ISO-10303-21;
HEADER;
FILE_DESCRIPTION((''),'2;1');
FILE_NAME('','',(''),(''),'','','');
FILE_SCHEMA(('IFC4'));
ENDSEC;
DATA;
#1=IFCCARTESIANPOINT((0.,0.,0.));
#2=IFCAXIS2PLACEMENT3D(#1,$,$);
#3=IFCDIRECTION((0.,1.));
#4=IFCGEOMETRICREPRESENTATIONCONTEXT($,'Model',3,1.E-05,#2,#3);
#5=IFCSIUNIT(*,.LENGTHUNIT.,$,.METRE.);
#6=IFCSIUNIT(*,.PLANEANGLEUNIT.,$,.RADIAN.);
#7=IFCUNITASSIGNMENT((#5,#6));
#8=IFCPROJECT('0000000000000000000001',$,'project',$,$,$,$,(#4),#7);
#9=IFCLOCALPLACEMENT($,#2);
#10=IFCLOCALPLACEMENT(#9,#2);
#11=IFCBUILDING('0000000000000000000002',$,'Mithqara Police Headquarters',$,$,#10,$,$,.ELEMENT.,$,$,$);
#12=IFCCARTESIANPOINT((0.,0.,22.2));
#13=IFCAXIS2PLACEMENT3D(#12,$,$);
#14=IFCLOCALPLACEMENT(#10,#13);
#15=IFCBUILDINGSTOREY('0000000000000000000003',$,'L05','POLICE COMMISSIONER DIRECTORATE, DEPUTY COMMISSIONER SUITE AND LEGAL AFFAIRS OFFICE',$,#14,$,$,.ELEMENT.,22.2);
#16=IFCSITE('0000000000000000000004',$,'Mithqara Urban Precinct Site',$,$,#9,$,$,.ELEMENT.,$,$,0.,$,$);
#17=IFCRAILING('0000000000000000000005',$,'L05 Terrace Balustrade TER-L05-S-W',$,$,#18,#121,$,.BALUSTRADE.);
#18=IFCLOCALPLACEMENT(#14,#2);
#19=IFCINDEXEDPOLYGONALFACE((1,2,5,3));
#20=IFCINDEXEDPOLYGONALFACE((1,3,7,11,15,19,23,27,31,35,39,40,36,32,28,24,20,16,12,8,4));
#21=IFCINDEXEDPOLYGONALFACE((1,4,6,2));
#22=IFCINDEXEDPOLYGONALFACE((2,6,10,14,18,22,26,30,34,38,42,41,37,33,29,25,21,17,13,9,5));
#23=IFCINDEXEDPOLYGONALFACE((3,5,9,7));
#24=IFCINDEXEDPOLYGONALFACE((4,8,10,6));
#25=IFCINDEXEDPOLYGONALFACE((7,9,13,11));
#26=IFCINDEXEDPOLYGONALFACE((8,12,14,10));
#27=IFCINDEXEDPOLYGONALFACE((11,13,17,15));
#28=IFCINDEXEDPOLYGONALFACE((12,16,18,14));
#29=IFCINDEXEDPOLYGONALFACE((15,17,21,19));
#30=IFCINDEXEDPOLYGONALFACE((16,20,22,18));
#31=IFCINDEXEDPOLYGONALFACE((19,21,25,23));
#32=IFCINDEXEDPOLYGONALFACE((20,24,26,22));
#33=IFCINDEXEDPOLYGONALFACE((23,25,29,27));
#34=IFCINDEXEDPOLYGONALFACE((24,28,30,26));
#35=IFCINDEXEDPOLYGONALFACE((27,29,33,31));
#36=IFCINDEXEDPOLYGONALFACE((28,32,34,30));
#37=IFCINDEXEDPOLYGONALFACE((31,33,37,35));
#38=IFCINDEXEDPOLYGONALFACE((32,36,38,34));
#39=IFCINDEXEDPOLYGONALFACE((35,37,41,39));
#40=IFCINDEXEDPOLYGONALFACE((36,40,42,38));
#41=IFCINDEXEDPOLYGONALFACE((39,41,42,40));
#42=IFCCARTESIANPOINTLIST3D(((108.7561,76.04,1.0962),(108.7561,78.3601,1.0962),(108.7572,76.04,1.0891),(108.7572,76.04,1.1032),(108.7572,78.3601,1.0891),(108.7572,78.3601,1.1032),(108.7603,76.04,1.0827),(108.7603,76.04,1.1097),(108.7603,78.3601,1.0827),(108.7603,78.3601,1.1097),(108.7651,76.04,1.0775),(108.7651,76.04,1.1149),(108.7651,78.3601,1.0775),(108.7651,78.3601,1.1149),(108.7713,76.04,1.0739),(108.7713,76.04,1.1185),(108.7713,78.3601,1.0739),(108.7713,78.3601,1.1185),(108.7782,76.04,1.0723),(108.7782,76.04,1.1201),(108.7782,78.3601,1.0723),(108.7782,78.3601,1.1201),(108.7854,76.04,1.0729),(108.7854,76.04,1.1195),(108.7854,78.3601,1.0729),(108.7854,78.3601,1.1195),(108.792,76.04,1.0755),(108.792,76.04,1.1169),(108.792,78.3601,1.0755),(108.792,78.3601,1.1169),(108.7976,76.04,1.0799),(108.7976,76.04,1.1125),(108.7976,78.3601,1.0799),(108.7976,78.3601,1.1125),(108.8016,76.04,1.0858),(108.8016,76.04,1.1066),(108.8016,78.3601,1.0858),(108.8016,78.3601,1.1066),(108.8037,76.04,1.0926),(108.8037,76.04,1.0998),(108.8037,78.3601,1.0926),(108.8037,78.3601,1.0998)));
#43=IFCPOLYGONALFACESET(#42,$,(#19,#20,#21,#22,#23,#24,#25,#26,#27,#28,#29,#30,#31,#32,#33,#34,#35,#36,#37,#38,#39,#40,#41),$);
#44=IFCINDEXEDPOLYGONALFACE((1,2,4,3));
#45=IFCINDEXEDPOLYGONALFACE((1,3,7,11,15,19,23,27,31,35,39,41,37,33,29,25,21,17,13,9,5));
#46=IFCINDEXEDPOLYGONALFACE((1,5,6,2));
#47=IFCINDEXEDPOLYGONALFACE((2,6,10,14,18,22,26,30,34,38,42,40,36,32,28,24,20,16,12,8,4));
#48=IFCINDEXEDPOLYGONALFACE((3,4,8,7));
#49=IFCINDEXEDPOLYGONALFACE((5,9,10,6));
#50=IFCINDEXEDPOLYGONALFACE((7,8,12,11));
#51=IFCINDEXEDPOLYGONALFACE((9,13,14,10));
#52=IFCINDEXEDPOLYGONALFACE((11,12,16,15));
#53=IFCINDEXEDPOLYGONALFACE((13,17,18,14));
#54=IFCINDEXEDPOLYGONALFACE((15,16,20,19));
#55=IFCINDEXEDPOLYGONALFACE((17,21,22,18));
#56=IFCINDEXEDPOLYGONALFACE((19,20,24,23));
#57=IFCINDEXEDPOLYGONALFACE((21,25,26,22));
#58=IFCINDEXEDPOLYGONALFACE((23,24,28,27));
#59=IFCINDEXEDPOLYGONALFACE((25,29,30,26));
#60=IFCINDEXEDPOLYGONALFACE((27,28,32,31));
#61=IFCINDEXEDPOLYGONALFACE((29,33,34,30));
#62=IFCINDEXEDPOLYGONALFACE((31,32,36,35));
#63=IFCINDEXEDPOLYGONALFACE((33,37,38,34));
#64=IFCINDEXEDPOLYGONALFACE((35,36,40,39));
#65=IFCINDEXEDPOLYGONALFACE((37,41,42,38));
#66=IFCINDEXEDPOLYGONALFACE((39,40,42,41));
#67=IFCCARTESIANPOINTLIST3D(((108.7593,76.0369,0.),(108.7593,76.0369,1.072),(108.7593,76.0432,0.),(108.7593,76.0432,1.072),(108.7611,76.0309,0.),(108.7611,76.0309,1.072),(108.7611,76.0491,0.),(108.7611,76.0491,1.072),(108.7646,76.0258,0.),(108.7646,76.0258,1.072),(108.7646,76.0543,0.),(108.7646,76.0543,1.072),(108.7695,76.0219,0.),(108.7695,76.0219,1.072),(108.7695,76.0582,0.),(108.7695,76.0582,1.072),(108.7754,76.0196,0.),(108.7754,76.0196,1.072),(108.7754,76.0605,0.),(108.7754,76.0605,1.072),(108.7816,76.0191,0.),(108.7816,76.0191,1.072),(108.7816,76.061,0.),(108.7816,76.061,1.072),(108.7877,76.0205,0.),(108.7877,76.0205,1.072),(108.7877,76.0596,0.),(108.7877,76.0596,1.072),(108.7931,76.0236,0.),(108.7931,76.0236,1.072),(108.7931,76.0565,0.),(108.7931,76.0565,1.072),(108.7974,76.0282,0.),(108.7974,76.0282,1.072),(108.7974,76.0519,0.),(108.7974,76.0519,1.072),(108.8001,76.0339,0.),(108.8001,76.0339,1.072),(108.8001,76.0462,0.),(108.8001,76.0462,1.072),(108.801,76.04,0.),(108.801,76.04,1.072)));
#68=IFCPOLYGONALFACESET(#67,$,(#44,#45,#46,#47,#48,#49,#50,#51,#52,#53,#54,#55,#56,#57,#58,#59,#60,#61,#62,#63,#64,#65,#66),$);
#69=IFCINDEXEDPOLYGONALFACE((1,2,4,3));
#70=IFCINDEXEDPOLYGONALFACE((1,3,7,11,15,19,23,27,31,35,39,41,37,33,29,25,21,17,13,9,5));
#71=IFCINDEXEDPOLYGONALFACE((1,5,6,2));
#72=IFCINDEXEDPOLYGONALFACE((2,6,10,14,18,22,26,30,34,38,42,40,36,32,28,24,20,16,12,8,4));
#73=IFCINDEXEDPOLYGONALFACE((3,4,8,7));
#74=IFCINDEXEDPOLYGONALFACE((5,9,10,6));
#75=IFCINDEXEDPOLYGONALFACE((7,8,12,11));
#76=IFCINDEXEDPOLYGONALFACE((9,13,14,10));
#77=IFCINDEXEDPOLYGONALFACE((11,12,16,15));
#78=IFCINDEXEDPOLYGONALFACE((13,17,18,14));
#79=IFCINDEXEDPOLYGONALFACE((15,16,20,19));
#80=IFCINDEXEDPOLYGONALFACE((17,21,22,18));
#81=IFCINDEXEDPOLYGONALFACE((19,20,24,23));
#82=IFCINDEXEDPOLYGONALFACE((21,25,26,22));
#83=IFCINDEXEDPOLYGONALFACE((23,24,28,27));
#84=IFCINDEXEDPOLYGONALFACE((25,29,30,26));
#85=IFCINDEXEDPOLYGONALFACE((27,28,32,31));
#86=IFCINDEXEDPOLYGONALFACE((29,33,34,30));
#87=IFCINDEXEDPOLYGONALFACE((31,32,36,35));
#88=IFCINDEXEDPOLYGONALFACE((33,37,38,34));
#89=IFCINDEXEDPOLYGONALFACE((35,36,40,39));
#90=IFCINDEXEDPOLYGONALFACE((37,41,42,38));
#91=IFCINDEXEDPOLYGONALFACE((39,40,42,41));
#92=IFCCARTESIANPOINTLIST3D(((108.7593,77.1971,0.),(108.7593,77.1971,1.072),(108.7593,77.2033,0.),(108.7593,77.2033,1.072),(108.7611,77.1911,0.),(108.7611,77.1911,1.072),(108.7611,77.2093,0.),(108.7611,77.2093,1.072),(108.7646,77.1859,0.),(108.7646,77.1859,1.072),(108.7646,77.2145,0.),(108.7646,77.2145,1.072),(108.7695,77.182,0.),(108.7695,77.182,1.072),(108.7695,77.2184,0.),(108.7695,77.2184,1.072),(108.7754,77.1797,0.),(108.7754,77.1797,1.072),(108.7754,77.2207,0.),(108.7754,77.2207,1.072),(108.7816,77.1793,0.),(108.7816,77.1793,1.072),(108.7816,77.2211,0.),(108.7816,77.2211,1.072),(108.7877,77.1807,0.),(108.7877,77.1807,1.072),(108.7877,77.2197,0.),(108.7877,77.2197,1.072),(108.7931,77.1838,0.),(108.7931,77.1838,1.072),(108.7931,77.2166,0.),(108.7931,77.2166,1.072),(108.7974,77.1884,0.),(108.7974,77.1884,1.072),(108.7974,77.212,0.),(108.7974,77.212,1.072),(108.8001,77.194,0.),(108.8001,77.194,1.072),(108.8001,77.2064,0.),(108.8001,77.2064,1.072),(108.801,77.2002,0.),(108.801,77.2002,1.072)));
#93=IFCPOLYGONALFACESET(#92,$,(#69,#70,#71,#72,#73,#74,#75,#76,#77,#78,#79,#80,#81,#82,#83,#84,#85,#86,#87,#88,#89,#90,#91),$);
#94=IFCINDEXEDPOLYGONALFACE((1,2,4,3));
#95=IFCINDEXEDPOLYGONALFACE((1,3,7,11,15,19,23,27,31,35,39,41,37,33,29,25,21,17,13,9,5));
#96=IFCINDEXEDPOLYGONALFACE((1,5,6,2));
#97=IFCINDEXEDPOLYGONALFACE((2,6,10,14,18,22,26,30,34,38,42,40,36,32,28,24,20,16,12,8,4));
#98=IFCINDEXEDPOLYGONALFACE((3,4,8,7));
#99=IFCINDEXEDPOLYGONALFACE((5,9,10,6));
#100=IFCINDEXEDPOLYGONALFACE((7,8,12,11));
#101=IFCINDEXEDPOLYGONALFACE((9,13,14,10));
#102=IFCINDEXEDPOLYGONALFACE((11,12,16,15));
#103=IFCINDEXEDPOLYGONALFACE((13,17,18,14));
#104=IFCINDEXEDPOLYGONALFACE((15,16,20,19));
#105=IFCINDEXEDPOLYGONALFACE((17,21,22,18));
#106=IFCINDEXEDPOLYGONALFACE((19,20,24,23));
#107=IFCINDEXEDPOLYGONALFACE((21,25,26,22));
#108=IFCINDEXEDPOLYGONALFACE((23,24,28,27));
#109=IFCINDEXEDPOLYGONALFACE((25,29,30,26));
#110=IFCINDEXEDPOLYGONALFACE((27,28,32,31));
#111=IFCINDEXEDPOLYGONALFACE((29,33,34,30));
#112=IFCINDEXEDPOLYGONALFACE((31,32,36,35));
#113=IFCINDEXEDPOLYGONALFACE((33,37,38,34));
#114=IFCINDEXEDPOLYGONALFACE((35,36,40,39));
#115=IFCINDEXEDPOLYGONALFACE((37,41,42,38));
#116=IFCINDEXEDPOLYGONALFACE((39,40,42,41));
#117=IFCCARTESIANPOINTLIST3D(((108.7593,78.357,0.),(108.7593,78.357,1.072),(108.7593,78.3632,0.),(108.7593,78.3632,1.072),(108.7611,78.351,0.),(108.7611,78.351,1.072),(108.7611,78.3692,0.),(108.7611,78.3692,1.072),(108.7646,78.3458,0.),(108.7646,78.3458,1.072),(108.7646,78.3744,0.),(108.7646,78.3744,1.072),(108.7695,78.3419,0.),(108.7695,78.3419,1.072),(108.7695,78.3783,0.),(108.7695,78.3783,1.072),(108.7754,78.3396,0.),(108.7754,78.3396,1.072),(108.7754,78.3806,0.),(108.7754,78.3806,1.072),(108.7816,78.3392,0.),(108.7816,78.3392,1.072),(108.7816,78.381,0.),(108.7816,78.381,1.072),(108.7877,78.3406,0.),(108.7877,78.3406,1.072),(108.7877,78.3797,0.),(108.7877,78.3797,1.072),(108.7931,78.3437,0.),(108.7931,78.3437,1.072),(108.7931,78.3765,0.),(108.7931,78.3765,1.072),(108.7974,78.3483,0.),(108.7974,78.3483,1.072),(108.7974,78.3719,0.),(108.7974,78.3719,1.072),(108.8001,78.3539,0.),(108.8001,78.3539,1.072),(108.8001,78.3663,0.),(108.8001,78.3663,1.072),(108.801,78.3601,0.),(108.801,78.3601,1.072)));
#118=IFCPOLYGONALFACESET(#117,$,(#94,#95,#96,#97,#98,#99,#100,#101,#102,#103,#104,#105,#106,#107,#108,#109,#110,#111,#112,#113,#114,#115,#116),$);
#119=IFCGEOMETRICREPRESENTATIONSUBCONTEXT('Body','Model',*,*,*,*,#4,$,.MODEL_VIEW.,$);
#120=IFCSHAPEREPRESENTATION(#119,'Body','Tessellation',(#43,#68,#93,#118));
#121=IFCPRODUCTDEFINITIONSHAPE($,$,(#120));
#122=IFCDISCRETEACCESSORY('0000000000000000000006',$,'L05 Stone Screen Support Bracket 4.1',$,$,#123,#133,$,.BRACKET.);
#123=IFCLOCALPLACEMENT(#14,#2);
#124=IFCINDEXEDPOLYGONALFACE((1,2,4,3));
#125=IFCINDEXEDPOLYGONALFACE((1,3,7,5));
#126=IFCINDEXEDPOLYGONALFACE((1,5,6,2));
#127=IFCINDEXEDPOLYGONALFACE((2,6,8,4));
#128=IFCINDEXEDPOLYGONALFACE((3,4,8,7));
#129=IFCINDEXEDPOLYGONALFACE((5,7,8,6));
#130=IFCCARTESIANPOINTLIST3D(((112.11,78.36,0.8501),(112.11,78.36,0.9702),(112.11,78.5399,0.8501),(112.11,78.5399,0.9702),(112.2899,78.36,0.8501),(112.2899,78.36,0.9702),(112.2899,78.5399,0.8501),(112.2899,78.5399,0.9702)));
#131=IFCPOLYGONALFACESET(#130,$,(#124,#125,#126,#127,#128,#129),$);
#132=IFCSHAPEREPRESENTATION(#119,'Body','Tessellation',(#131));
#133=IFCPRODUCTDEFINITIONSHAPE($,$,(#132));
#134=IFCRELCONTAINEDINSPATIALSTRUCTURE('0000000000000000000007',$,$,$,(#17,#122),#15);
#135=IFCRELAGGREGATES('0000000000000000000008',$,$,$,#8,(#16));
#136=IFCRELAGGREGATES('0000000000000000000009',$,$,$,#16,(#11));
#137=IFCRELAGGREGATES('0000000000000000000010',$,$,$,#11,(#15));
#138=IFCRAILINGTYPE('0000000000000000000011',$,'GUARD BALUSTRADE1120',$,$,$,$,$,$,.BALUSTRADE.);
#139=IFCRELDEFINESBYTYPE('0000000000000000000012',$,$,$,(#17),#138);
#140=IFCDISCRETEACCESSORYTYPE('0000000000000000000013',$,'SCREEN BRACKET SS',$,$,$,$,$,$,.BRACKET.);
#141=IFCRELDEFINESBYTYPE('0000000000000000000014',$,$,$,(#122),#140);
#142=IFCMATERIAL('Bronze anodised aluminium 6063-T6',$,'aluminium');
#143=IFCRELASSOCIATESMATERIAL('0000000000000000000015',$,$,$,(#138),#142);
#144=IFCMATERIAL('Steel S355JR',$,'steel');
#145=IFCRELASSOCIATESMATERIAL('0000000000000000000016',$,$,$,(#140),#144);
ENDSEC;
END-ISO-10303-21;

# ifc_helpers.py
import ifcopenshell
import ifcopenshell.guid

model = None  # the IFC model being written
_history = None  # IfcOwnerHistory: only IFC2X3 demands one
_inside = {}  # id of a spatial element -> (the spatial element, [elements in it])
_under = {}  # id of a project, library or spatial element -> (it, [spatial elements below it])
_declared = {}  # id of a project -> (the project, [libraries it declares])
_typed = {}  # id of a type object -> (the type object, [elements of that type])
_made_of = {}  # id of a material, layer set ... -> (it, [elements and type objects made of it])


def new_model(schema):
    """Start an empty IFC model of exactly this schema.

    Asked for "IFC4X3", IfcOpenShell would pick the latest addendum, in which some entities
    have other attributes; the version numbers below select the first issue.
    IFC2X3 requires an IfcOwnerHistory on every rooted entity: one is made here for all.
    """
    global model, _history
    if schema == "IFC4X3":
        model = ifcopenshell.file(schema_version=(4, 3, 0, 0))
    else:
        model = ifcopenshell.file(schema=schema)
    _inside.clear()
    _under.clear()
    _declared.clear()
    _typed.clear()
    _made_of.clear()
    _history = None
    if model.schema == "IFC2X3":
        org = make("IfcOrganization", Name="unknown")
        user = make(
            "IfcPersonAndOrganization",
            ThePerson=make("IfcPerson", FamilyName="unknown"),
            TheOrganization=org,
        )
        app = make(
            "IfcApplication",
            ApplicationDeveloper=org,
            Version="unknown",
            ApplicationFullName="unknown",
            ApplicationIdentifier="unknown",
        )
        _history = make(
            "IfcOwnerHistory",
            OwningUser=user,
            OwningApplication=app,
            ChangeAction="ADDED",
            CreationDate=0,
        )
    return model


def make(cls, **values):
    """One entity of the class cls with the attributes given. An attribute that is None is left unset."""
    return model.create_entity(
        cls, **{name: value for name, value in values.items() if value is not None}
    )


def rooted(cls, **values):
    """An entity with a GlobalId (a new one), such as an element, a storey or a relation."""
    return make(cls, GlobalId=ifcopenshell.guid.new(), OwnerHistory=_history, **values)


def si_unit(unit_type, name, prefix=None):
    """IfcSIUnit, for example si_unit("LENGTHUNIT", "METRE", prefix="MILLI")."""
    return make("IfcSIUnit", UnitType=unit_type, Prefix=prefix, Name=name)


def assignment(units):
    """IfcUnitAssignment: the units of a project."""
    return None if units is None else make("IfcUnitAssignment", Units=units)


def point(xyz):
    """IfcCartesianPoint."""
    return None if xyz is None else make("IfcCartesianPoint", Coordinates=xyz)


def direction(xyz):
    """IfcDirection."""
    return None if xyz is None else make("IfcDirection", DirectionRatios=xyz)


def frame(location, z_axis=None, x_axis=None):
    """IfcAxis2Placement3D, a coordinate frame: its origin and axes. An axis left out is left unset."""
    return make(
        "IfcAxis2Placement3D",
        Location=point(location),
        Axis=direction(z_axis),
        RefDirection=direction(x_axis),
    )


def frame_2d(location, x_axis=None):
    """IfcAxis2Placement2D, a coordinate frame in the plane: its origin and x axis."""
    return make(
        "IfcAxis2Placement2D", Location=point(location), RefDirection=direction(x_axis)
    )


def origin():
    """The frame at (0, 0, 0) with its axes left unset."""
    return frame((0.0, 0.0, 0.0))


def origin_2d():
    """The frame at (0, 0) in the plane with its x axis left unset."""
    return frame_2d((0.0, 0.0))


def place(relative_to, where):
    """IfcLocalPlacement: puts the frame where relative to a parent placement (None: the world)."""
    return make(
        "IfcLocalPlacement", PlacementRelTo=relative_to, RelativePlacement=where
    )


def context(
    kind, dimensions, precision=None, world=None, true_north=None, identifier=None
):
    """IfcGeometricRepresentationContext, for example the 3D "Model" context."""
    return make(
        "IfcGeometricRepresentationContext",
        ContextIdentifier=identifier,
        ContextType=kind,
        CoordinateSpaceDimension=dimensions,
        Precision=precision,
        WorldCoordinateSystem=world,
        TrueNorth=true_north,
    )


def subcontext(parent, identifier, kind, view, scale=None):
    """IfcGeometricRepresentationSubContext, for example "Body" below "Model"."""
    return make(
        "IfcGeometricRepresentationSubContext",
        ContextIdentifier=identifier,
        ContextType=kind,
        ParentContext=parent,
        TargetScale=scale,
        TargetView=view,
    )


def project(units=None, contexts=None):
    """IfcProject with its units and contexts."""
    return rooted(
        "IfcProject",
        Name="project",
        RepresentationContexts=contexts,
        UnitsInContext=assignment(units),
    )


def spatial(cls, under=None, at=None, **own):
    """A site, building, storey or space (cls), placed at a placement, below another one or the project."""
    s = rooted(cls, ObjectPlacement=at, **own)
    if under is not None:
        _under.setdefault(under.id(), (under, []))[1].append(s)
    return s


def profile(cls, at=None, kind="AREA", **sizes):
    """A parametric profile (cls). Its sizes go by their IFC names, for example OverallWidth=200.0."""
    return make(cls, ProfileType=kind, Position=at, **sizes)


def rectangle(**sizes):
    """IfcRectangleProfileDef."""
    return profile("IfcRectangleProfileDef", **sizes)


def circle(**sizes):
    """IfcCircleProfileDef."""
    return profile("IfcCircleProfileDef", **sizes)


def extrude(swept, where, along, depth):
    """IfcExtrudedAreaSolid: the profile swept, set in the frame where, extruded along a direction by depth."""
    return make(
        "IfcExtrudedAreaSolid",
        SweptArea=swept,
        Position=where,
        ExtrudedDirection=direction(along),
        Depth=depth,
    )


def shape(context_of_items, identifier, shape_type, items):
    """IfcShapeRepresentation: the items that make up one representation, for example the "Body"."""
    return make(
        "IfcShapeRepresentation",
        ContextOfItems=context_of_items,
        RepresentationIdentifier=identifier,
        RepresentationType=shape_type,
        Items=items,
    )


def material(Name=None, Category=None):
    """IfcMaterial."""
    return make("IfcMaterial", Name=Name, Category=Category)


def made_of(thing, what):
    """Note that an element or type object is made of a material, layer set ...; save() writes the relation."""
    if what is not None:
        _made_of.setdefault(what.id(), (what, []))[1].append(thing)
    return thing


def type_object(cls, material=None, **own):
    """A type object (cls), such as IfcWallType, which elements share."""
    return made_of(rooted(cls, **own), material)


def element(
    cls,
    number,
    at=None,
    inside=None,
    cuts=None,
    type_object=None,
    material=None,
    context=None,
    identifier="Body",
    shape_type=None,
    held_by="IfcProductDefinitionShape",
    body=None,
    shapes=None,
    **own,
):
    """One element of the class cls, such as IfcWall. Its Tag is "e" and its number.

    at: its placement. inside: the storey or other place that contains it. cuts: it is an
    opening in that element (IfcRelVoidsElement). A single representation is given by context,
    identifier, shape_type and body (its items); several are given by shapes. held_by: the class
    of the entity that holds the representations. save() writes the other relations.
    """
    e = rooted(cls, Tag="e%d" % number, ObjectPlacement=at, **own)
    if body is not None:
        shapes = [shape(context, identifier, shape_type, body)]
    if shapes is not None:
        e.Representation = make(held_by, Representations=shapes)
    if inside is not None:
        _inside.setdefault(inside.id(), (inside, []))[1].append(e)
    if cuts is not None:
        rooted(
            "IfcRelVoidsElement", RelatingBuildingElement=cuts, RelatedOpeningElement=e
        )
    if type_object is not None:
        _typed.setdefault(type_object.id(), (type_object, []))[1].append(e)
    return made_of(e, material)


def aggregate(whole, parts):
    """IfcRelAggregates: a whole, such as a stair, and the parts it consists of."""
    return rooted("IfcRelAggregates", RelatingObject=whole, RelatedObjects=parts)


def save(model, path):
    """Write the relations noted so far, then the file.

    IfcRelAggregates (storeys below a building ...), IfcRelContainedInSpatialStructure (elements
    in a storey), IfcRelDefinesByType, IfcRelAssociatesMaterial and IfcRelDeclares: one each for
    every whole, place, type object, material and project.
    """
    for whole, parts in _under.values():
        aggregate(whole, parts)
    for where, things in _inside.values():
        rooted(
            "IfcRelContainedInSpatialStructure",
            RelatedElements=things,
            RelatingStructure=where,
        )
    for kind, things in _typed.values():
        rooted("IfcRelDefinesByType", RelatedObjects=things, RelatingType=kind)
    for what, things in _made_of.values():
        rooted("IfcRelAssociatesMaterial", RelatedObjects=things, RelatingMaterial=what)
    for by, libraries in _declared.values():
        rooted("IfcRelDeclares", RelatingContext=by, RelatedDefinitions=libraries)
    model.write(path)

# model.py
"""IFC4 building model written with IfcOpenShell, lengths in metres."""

from ifc_helpers import new_model, si_unit, direction, frame, origin, origin_2d, place, context, subcontext, project, spatial, rectangle, circle, extrude, material, type_object, element, save


model = new_model("IFC4")

# Units and contexts
model_context = context("Model", 3, precision=1e-05, world=origin(), true_north=direction((0.0, 1.0)))
body_context = subcontext(model_context, "Body", "Model", "MODEL_VIEW")
ifc_project = project(units=[si_unit("LENGTHUNIT", "METRE"), si_unit("PLANEANGLEUNIT", "RADIAN")], contexts=[model_context])

# Site, building, storey
site_placement = place(None, origin())
site = spatial("IfcSite", under=ifc_project, at=site_placement, Name="Mithqara Urban Precinct Site", CompositionType="ELEMENT", RefElevation=0.0)
building_placement = place(site_placement, origin())
building = spatial("IfcBuilding", under=site, at=building_placement, Name="Mithqara Police Headquarters", CompositionType="ELEMENT")
storey_placement = place(building_placement, frame((0.0, 0.0, 22.2)))
storey = spatial("IfcBuildingStorey", under=building, at=storey_placement, Name="L05", Description="POLICE COMMISSIONER DIRECTORATE, DEPUTY COMMISSIONER SUITE AND LEGAL AFFAIRS OFFICE", CompositionType="ELEMENT", Elevation=22.2)

# Shared definitions
ifc_material_1 = material(Name="Steel S355JR", Category="steel")

# Railing
ifc_material_2 = material(Name="Bronze anodised aluminium 6063-T6", Category="aluminium")
railing_type = type_object("IfcRailingType", Name="GUARD BALUSTRADE1120", PredefinedType="BALUSTRADE", material=ifc_material_2)
railing_1_placement = place(storey_placement, frame((108.78, 76.04, 0.0)))
element("IfcRailing", 1, at=railing_1_placement, inside=storey, type_object=railing_type, Name="L05 Terrace Balustrade TER-L05-S-W", PredefinedType="BALUSTRADE", context=body_context, shape_type="SweptSolid", body=[
    extrude(circle(Radius=0.0239, at=origin_2d()), frame((0.0, 0.0, 1.0962), z_axis=(0.0, 1.0, 0.0), x_axis=(-1.0, 0.0, 0.0)), (0.0, 0.0, 1.0), 2.3201),
    extrude(circle(Radius=0.021, at=origin_2d()), origin(), (0.0, 0.0, 1.0), 1.072),
    extrude(circle(Radius=0.021, at=origin_2d()), frame((0.0, 1.1602, 0.0)), (0.0, 0.0, 1.0), 1.072),
    extrude(circle(Radius=0.021, at=origin_2d()), frame((0.0, 2.3201, 0.0)), (0.0, 0.0, 1.0), 1.072),
])

# Discrete accessory
discrete_accessory_type = type_object("IfcDiscreteAccessoryType", Name="SCREEN BRACKET SS", PredefinedType="BRACKET", material=ifc_material_1)
discrete_accessory_placement = place(storey_placement, frame((112.2, 78.45, 0.8501), z_axis=(0.0, 0.0, 1.0), x_axis=(1.0, 0.0, 0.0)))
element("IfcDiscreteAccessory", 2, at=discrete_accessory_placement, inside=storey, type_object=discrete_accessory_type, Name="L05 Stone Screen Support Bracket 4.1", PredefinedType="BRACKET", context=body_context, shape_type="SweptSolid", body=[
    extrude(rectangle(XDim=0.1799, YDim=0.1799, at=origin_2d()), origin(), (0.0, 0.0, 1.0), 0.1201),
])

save(model, "model.ifc")
